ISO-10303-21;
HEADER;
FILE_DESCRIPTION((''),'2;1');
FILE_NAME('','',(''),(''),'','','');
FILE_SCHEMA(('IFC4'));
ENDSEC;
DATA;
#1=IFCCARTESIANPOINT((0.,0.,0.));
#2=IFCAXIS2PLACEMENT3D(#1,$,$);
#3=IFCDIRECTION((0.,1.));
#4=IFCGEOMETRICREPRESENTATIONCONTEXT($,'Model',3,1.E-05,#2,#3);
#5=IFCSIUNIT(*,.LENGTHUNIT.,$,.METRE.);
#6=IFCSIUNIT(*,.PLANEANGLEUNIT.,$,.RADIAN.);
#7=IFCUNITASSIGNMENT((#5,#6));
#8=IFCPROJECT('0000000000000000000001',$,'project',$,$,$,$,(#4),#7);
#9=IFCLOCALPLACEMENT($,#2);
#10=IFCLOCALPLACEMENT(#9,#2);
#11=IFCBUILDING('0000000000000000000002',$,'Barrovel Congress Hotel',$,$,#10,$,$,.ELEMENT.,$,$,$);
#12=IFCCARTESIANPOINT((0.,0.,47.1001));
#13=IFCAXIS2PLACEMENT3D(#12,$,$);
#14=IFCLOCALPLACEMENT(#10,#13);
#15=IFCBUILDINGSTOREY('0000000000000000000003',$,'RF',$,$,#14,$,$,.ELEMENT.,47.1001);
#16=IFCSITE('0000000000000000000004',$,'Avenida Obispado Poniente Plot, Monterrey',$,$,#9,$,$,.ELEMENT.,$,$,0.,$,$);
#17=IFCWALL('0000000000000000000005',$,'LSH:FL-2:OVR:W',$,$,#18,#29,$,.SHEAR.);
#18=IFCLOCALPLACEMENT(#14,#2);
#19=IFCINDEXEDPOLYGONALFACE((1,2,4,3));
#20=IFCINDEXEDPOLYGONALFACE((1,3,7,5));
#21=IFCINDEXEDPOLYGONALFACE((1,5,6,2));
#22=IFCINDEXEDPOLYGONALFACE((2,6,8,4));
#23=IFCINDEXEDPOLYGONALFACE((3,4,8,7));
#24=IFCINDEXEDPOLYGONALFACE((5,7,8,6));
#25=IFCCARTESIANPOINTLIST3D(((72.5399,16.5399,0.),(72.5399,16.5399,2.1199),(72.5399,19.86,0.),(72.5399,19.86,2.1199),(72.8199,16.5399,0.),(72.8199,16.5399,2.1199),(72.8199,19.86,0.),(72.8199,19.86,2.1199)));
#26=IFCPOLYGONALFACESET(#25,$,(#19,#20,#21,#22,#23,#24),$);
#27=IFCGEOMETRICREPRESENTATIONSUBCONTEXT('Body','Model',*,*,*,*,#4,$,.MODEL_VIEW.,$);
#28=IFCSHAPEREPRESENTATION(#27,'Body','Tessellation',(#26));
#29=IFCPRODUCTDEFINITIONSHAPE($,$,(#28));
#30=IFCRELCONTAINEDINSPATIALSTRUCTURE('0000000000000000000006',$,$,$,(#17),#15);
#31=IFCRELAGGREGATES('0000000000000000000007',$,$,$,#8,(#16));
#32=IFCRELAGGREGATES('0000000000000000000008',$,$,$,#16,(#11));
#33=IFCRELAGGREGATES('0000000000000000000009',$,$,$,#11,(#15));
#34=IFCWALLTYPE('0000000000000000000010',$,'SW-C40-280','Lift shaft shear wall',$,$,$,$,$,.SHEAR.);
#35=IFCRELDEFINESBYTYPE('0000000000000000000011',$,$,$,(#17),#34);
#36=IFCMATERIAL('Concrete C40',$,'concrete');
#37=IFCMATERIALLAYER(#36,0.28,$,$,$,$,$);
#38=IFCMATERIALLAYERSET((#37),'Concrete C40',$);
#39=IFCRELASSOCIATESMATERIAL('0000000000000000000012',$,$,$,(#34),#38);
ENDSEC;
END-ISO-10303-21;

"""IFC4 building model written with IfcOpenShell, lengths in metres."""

from ifc_helpers import new_model, si_unit, direction, frame, frame_2d, origin, place, context, subcontext, project, spatial, rectangle, extrude, material, layer, layer_set, type_object, element, save


model = new_model("IFC4")

# Units and contexts
model_context = context("Model", 3, precision=1e-05, world=origin(), true_north=direction((0.0, 1.0)))
body_context = subcontext(model_context, "Body", "Model", "MODEL_VIEW")
ifc_project = project(units=[si_unit("LENGTHUNIT", "METRE"), si_unit("PLANEANGLEUNIT", "RADIAN")], contexts=[model_context])

# Site, building, storey
site_placement = place(None, origin())
site = spatial("IfcSite", under=ifc_project, at=site_placement, Name="Avenida Obispado Poniente Plot, Monterrey", CompositionType="ELEMENT", RefElevation=0.0)
building_placement = place(site_placement, origin())
building = spatial("IfcBuilding", under=site, at=building_placement, Name="Barrovel Congress Hotel", CompositionType="ELEMENT")
storey_placement = place(building_placement, frame((0.0, 0.0, 47.1001)))
storey = spatial("IfcBuildingStorey", under=building, at=storey_placement, Name="RF", CompositionType="ELEMENT", Elevation=47.1001)

# Shared definitions
ifc_material_1 = material(Name="Concrete C40", Category="concrete")

# Wall
ifc_layer = layer(ifc_material_1, 0.28)
ifc_layer_set = layer_set([ifc_layer], Name="Concrete C40")
wall_type = type_object("IfcWallType", Name="SW-C40-280", Description="Lift shaft shear wall", PredefinedType="SHEAR", material=ifc_layer_set)
wall_1_placement = place(storey_placement, frame((72.6799, 19.8601, 0.0), z_axis=(0.0, 0.0, 1.0), x_axis=(0.0, -1.0, 0.0)))
element("IfcWall", 1, at=wall_1_placement, inside=storey, type_object=wall_type, Name="LSH:FL-2:OVR:W", PredefinedType="SHEAR", context=body_context, shape_type="SweptSolid", body=[
    extrude(rectangle(XDim=3.3201, YDim=0.28, at=frame_2d((1.6602, 0.0))), origin(), (0.0, 0.0, 1.0), 2.1199),
])

save(model, "model.ifc")
